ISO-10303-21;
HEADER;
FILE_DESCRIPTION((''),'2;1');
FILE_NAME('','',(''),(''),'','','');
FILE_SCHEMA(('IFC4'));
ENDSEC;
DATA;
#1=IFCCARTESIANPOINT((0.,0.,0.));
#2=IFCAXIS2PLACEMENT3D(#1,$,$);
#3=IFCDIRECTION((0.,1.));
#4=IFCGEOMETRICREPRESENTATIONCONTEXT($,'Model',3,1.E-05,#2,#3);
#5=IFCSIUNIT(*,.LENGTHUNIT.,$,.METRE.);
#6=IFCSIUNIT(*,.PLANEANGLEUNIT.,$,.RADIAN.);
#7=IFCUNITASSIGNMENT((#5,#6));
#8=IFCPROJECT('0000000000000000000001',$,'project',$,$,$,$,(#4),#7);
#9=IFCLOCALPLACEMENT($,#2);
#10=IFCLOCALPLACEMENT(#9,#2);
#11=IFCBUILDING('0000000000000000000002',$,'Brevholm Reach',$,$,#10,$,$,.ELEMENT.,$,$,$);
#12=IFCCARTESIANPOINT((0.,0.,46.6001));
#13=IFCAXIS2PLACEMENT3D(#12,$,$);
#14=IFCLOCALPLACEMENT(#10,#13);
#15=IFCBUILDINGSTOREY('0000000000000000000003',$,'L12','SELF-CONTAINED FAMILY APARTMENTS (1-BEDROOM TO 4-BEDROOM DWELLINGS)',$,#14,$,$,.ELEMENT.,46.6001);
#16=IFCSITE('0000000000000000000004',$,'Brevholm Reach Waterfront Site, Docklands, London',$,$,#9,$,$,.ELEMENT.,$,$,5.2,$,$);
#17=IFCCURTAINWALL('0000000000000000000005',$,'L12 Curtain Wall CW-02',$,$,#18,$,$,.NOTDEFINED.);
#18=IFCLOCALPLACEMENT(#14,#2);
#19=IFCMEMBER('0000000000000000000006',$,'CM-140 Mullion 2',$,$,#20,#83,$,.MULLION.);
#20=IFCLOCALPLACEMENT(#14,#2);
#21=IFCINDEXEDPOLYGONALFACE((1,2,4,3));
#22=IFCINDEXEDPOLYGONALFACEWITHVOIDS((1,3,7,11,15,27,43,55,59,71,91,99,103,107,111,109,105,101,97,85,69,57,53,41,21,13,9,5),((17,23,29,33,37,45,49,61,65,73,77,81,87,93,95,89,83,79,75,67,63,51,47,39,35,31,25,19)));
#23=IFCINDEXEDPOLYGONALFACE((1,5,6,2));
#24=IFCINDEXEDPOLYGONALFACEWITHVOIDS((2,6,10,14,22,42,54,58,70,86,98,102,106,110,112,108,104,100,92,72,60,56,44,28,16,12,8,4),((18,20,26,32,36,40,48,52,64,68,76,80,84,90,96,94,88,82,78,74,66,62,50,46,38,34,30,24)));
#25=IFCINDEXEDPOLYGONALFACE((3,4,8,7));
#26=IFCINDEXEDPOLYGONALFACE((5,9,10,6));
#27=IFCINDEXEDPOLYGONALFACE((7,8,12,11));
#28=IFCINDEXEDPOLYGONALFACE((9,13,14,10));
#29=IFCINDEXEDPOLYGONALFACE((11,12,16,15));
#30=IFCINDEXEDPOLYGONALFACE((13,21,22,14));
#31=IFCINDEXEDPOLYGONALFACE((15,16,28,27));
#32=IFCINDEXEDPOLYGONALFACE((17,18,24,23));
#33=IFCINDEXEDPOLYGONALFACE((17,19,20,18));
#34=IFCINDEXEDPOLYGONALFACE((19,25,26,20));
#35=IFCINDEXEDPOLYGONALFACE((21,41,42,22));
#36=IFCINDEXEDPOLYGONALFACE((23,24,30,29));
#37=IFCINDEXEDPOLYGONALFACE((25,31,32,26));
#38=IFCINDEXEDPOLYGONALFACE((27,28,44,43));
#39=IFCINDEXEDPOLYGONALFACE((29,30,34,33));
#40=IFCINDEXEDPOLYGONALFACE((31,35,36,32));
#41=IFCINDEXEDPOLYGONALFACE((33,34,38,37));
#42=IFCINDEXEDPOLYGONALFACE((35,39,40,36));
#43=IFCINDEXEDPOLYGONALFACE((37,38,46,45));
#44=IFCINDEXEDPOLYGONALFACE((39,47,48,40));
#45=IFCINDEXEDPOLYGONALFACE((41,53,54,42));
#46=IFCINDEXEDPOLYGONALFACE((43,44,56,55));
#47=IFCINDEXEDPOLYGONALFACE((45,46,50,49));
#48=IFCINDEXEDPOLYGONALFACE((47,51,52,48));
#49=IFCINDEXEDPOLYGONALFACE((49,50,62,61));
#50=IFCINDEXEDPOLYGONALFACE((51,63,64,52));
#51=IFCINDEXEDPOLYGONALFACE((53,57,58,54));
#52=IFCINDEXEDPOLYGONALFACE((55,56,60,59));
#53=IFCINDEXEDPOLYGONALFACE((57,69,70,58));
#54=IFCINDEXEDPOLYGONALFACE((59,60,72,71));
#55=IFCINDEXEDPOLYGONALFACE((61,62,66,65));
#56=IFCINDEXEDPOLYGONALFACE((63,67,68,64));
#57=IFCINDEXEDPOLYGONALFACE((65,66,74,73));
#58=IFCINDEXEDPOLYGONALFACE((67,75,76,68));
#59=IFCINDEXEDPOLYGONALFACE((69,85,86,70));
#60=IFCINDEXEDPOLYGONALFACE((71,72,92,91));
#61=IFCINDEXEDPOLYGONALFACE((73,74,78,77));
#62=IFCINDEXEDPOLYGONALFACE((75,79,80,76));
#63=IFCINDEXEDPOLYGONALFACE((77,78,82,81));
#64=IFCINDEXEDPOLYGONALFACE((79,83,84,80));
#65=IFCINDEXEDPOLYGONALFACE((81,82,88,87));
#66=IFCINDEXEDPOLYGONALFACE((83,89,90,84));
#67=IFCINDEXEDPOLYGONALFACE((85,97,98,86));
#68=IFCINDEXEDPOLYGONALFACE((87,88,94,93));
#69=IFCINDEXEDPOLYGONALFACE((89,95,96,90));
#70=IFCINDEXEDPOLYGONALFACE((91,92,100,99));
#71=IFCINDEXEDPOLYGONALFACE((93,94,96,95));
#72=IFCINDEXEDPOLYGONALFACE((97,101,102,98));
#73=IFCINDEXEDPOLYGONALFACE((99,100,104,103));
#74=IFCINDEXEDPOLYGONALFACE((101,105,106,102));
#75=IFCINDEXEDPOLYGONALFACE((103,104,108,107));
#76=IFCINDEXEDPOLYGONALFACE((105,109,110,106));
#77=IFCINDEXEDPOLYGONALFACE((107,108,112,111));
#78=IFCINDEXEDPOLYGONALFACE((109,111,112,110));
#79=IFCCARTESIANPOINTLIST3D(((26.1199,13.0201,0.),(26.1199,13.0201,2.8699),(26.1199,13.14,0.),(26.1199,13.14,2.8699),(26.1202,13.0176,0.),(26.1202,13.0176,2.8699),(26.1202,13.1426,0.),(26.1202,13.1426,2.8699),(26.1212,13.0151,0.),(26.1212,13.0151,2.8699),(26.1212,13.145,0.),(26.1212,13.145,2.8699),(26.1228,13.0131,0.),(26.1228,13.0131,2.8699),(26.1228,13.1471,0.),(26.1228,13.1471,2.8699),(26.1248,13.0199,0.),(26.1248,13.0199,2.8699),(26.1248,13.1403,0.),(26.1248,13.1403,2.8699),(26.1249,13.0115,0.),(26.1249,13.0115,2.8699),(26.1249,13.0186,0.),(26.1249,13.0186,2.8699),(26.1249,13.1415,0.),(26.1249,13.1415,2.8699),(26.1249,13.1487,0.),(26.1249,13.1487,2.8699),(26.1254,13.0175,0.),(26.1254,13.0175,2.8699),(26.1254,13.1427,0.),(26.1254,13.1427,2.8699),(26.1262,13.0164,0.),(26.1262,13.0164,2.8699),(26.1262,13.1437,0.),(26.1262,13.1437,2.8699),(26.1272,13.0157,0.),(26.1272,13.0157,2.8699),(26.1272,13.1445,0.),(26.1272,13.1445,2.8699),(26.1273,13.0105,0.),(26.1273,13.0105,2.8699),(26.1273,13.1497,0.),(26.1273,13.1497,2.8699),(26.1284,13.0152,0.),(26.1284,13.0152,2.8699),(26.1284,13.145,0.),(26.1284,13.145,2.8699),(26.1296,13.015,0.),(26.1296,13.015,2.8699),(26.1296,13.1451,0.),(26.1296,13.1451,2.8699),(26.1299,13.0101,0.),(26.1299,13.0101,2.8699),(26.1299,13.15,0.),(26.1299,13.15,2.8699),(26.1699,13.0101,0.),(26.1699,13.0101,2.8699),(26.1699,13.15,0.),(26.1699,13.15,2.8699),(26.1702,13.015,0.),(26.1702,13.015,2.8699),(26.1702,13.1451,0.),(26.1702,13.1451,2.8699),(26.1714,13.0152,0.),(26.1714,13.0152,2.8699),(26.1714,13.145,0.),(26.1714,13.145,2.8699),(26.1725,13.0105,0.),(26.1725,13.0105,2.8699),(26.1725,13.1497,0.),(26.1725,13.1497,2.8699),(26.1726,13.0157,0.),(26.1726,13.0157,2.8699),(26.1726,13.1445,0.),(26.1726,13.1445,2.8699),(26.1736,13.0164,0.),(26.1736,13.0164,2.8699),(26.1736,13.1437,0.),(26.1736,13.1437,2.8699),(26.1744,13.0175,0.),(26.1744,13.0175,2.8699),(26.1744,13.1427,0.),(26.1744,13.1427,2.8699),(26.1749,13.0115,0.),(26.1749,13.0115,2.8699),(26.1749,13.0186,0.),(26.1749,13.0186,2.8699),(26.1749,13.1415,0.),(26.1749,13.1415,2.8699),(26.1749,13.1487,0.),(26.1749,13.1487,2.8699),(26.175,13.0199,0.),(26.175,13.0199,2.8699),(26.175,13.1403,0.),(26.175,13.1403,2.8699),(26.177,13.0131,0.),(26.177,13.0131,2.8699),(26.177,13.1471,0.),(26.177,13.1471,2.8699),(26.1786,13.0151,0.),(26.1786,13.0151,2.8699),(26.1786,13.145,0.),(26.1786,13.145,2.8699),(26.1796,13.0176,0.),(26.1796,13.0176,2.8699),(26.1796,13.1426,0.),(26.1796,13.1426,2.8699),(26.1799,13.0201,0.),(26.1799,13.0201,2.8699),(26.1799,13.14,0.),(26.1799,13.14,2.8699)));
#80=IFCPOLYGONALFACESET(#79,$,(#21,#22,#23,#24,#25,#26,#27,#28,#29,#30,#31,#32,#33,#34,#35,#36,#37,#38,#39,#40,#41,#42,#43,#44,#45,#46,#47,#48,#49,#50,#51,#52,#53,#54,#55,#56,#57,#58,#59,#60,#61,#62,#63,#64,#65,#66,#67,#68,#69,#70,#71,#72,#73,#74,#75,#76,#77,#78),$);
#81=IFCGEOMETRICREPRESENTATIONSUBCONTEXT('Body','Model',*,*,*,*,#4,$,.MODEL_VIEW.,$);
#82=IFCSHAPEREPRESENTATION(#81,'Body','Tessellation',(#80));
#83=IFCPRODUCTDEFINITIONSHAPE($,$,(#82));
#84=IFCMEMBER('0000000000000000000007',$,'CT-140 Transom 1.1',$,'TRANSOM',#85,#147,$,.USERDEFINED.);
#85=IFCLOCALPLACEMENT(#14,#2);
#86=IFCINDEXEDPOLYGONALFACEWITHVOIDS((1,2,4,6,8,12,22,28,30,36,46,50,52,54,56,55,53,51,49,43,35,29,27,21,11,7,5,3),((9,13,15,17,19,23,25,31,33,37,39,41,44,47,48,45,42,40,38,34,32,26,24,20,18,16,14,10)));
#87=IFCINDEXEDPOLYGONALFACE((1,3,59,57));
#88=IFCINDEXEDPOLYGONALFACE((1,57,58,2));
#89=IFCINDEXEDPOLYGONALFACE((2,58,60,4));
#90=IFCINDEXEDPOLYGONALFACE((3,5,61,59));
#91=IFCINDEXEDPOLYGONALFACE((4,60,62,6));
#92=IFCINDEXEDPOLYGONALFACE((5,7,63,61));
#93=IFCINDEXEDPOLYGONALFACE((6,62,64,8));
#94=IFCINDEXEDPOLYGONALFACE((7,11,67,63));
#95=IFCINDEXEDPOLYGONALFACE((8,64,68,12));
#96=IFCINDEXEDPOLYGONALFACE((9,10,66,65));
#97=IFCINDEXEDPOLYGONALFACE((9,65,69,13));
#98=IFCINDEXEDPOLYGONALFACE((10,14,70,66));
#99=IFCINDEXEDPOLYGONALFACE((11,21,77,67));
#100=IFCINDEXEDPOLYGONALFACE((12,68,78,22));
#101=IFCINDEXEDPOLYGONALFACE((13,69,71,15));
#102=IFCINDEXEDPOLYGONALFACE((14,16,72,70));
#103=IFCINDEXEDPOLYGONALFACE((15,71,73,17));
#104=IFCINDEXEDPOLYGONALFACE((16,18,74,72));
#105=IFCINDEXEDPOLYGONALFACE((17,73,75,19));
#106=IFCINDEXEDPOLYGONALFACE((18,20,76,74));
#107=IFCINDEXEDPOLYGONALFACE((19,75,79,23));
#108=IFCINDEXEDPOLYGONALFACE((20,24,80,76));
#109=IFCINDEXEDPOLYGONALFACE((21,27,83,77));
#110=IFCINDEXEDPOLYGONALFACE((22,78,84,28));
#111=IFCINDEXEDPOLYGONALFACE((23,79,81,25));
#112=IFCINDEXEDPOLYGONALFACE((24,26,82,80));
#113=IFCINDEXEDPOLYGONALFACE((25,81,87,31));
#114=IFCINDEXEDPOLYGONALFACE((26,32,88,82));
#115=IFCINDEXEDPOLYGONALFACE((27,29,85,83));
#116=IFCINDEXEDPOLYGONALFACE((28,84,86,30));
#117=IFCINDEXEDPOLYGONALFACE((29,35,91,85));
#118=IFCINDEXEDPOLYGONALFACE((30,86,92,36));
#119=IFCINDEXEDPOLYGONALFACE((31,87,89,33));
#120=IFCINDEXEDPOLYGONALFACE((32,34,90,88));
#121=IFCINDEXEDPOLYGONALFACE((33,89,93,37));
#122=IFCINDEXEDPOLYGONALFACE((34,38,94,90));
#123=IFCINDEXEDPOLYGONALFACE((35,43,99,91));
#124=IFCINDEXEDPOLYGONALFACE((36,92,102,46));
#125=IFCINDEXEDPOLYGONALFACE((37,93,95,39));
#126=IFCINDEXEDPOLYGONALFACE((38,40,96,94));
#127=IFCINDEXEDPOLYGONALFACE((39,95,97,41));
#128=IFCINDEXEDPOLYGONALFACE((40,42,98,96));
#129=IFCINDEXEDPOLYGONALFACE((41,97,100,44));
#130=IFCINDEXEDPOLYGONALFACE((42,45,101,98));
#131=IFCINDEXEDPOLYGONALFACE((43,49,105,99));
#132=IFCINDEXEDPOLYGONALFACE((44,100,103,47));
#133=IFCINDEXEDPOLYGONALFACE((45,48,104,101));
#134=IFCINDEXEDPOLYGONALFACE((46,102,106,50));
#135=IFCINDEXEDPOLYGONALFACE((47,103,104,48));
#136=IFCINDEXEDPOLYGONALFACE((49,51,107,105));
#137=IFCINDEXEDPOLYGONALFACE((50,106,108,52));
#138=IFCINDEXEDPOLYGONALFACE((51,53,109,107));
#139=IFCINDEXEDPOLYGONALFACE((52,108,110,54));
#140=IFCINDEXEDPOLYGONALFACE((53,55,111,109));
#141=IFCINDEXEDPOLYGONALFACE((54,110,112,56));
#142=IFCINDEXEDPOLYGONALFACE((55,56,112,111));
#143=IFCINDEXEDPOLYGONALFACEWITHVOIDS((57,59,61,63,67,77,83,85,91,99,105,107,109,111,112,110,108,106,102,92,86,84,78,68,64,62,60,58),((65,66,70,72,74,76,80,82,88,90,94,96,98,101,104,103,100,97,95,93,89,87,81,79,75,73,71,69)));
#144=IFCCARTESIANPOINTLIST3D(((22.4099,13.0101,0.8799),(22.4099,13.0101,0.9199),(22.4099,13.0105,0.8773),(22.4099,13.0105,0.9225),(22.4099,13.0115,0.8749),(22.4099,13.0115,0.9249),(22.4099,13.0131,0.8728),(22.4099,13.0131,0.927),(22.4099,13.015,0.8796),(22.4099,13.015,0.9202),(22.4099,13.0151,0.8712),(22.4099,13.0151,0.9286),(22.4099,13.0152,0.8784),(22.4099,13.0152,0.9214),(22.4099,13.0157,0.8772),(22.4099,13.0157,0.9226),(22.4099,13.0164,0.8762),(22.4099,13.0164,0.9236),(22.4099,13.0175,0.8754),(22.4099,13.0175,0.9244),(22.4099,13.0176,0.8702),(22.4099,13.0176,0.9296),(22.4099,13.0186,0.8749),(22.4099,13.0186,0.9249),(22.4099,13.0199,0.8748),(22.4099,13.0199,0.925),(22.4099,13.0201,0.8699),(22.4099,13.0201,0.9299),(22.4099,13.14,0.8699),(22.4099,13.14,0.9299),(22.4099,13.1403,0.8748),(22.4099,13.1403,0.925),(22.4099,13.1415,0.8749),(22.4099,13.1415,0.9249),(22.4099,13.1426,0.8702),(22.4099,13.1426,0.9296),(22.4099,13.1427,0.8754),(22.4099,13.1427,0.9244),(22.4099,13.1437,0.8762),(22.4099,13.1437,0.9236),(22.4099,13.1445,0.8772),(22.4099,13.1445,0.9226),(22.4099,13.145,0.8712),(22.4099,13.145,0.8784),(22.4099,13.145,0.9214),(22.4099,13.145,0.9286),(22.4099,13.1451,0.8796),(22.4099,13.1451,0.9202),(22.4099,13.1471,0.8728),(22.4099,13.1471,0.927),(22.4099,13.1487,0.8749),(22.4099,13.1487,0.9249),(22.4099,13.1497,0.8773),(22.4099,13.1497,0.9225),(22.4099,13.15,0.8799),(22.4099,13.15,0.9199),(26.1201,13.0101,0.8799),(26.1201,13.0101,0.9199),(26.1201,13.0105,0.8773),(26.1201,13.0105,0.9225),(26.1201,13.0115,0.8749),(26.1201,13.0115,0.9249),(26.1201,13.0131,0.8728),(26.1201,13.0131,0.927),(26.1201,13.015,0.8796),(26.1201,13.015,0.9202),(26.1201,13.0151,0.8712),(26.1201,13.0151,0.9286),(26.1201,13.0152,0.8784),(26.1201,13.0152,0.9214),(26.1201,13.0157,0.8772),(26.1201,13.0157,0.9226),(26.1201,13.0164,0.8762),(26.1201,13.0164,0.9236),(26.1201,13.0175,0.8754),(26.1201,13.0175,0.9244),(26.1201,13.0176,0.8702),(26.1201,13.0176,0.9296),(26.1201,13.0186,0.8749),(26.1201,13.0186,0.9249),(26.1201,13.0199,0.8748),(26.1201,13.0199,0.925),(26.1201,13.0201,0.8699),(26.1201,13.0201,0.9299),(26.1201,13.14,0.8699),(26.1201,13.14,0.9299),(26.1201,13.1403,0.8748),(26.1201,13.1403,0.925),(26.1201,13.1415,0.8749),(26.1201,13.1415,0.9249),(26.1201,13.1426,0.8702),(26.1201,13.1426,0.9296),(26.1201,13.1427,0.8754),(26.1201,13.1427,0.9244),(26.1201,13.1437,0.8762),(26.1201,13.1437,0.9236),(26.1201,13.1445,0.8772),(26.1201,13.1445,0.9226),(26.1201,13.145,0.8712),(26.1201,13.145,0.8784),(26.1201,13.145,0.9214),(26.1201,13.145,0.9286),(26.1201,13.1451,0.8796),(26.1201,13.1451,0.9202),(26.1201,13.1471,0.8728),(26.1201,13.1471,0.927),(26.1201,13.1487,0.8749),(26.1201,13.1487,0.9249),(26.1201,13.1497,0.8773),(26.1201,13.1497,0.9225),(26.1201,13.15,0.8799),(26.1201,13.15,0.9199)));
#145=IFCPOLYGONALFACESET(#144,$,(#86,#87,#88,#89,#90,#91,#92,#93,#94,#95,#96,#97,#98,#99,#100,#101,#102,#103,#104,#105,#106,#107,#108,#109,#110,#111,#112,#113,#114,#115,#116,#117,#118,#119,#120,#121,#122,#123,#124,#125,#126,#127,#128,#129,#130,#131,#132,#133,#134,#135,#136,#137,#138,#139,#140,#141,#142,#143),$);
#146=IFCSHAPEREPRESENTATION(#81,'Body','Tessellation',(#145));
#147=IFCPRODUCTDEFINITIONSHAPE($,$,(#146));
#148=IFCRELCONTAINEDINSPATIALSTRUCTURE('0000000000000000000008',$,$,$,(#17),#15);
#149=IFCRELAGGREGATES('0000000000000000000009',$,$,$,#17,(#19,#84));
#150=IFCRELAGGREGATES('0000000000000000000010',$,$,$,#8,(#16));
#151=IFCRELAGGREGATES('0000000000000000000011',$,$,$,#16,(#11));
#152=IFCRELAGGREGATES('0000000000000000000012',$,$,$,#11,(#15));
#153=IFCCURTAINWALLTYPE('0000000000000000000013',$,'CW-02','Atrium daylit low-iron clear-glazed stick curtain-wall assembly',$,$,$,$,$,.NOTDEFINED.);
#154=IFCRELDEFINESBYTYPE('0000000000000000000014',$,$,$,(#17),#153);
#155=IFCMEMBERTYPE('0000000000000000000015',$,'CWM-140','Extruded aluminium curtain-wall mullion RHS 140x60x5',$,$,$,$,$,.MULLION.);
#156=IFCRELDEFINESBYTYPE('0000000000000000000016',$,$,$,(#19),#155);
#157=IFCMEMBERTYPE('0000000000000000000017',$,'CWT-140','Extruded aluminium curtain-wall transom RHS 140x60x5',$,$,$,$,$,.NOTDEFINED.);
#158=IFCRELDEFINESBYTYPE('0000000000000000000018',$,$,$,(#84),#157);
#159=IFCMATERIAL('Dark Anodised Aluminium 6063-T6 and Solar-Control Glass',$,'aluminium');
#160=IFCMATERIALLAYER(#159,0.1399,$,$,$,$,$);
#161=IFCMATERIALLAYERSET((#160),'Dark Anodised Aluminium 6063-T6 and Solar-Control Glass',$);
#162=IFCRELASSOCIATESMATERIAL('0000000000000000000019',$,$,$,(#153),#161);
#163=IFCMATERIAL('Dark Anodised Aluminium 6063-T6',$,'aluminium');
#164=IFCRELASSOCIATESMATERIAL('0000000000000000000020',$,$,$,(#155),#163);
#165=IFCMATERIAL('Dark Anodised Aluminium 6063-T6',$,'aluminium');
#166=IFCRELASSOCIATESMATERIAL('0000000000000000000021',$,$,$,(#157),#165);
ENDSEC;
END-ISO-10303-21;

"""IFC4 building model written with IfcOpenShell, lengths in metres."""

from ifc_helpers import new_model, si_unit, direction, frame, origin, origin_2d, place, context, subcontext, project, spatial, hollow_rectangle, extrude, material, layer, layer_set, material_profile, profile_set, type_object, element, aggregate, save


model = new_model("IFC4")

# Units and contexts
model_context = context("Model", 3, precision=1e-05, world=origin(), true_north=direction((0.0, 1.0)))
body_context = subcontext(model_context, "Body", "Model", "MODEL_VIEW")
ifc_project = project(units=[si_unit("LENGTHUNIT", "METRE"), si_unit("PLANEANGLEUNIT", "RADIAN")], contexts=[model_context])

# Site, building, storey
site_placement = place(None, origin())
site = spatial("IfcSite", under=ifc_project, at=site_placement, Name="Brevholm Reach Waterfront Site, Docklands, London", CompositionType="ELEMENT", RefElevation=5.2)
building_placement = place(site_placement, origin())
building = spatial("IfcBuilding", under=site, at=building_placement, Name="Brevholm Reach", CompositionType="ELEMENT")
storey_placement = place(building_placement, frame((0.0, 0.0, 46.6001)))
storey = spatial("IfcBuildingStorey", under=building, at=storey_placement, Name="L12", Description="SELF-CONTAINED FAMILY APARTMENTS (1-BEDROOM TO 4-BEDROOM DWELLINGS)", CompositionType="ELEMENT", Elevation=46.6001)

# Curtain wall, members
ifc_material_1 = material(Name="Dark Anodised Aluminium 6063-T6 and Solar-Control Glass", Category="aluminium")
ifc_layer_1 = layer(ifc_material_1, 0.1399)
ifc_layer_set_1 = layer_set([ifc_layer_1], Name="Dark Anodised Aluminium 6063-T6 and Solar-Control Glass")
curtain_wall_type = type_object("IfcCurtainWallType", Name="CW-02", Description="Atrium daylit low-iron clear-glazed stick curtain-wall assembly", PredefinedType="NOTDEFINED", material=ifc_layer_set_1)
curtain_wall_placement = place(storey_placement, origin())
curtain_wall = element("IfcCurtainWall", 1, at=curtain_wall_placement, inside=storey, type_object=curtain_wall_type, Name="L12 Curtain Wall CW-02", PredefinedType="NOTDEFINED")
ifc_material_2 = material(Name="Dark Anodised Aluminium 6063-T6", Category="aluminium")
ifc_material_profile_1 = material_profile(ifc_material_2, hollow_rectangle(XDim=0.0601, YDim=0.1399, WallThickness=0.0049, InnerFilletRadius=0.0049, OuterFilletRadius=0.01, at=origin_2d()), Name="RHS 140x60x5")
ifc_profile_set_1 = profile_set([ifc_material_profile_1], Name="Dark Anodised Aluminium 6063-T6")
member_type_1 = type_object("IfcMemberType", Name="CWM-140", Description="Extruded aluminium curtain-wall mullion RHS 140x60x5", PredefinedType="MULLION", material=ifc_profile_set_1)
member_1_placement = place(storey_placement, frame((26.1499, 13.0801, 0.0), z_axis=(0.0, 0.0, 1.0), x_axis=(1.0, 0.0, 0.0)))
member_1 = element("IfcMember", 2, at=member_1_placement, type_object=member_type_1, Name="CM-140 Mullion 2", PredefinedType="MULLION", context=body_context, shape_type="SweptSolid", body=[
    extrude(hollow_rectangle(XDim=0.0601, YDim=0.1399, WallThickness=0.0049, InnerFilletRadius=0.0049, OuterFilletRadius=0.01, at=origin_2d()), origin(), (0.0, 0.0, 1.0), 2.8699),
])
ifc_material_3 = material(Name="Dark Anodised Aluminium 6063-T6", Category="aluminium")
ifc_material_profile_2 = material_profile(ifc_material_3, hollow_rectangle(XDim=0.0601, YDim=0.1399, WallThickness=0.0049, InnerFilletRadius=0.0049, OuterFilletRadius=0.01, at=origin_2d()), Name="RHS 140x60x5")
ifc_profile_set_2 = profile_set([ifc_material_profile_2], Name="Dark Anodised Aluminium 6063-T6")
member_type_2 = type_object("IfcMemberType", Name="CWT-140", Description="Extruded aluminium curtain-wall transom RHS 140x60x5", PredefinedType="NOTDEFINED", material=ifc_profile_set_2)
member_2_placement = place(storey_placement, frame((22.4099, 13.0801, 0.8999), z_axis=(1.0, 0.0, 0.0), x_axis=(0.0, 0.0, 1.0)))
member_2 = element("IfcMember", 3, at=member_2_placement, type_object=member_type_2, Name="CT-140 Transom 1.1", ObjectType="TRANSOM", PredefinedType="USERDEFINED", context=body_context, shape_type="SweptSolid", body=[
    extrude(hollow_rectangle(XDim=0.0601, YDim=0.1399, WallThickness=0.0049, InnerFilletRadius=0.0049, OuterFilletRadius=0.01, at=origin_2d()), origin(), (0.0, 0.0, 1.0), 3.7102),
])
aggregate(curtain_wall, [member_1, member_2])

save(model, "model.ifc")
